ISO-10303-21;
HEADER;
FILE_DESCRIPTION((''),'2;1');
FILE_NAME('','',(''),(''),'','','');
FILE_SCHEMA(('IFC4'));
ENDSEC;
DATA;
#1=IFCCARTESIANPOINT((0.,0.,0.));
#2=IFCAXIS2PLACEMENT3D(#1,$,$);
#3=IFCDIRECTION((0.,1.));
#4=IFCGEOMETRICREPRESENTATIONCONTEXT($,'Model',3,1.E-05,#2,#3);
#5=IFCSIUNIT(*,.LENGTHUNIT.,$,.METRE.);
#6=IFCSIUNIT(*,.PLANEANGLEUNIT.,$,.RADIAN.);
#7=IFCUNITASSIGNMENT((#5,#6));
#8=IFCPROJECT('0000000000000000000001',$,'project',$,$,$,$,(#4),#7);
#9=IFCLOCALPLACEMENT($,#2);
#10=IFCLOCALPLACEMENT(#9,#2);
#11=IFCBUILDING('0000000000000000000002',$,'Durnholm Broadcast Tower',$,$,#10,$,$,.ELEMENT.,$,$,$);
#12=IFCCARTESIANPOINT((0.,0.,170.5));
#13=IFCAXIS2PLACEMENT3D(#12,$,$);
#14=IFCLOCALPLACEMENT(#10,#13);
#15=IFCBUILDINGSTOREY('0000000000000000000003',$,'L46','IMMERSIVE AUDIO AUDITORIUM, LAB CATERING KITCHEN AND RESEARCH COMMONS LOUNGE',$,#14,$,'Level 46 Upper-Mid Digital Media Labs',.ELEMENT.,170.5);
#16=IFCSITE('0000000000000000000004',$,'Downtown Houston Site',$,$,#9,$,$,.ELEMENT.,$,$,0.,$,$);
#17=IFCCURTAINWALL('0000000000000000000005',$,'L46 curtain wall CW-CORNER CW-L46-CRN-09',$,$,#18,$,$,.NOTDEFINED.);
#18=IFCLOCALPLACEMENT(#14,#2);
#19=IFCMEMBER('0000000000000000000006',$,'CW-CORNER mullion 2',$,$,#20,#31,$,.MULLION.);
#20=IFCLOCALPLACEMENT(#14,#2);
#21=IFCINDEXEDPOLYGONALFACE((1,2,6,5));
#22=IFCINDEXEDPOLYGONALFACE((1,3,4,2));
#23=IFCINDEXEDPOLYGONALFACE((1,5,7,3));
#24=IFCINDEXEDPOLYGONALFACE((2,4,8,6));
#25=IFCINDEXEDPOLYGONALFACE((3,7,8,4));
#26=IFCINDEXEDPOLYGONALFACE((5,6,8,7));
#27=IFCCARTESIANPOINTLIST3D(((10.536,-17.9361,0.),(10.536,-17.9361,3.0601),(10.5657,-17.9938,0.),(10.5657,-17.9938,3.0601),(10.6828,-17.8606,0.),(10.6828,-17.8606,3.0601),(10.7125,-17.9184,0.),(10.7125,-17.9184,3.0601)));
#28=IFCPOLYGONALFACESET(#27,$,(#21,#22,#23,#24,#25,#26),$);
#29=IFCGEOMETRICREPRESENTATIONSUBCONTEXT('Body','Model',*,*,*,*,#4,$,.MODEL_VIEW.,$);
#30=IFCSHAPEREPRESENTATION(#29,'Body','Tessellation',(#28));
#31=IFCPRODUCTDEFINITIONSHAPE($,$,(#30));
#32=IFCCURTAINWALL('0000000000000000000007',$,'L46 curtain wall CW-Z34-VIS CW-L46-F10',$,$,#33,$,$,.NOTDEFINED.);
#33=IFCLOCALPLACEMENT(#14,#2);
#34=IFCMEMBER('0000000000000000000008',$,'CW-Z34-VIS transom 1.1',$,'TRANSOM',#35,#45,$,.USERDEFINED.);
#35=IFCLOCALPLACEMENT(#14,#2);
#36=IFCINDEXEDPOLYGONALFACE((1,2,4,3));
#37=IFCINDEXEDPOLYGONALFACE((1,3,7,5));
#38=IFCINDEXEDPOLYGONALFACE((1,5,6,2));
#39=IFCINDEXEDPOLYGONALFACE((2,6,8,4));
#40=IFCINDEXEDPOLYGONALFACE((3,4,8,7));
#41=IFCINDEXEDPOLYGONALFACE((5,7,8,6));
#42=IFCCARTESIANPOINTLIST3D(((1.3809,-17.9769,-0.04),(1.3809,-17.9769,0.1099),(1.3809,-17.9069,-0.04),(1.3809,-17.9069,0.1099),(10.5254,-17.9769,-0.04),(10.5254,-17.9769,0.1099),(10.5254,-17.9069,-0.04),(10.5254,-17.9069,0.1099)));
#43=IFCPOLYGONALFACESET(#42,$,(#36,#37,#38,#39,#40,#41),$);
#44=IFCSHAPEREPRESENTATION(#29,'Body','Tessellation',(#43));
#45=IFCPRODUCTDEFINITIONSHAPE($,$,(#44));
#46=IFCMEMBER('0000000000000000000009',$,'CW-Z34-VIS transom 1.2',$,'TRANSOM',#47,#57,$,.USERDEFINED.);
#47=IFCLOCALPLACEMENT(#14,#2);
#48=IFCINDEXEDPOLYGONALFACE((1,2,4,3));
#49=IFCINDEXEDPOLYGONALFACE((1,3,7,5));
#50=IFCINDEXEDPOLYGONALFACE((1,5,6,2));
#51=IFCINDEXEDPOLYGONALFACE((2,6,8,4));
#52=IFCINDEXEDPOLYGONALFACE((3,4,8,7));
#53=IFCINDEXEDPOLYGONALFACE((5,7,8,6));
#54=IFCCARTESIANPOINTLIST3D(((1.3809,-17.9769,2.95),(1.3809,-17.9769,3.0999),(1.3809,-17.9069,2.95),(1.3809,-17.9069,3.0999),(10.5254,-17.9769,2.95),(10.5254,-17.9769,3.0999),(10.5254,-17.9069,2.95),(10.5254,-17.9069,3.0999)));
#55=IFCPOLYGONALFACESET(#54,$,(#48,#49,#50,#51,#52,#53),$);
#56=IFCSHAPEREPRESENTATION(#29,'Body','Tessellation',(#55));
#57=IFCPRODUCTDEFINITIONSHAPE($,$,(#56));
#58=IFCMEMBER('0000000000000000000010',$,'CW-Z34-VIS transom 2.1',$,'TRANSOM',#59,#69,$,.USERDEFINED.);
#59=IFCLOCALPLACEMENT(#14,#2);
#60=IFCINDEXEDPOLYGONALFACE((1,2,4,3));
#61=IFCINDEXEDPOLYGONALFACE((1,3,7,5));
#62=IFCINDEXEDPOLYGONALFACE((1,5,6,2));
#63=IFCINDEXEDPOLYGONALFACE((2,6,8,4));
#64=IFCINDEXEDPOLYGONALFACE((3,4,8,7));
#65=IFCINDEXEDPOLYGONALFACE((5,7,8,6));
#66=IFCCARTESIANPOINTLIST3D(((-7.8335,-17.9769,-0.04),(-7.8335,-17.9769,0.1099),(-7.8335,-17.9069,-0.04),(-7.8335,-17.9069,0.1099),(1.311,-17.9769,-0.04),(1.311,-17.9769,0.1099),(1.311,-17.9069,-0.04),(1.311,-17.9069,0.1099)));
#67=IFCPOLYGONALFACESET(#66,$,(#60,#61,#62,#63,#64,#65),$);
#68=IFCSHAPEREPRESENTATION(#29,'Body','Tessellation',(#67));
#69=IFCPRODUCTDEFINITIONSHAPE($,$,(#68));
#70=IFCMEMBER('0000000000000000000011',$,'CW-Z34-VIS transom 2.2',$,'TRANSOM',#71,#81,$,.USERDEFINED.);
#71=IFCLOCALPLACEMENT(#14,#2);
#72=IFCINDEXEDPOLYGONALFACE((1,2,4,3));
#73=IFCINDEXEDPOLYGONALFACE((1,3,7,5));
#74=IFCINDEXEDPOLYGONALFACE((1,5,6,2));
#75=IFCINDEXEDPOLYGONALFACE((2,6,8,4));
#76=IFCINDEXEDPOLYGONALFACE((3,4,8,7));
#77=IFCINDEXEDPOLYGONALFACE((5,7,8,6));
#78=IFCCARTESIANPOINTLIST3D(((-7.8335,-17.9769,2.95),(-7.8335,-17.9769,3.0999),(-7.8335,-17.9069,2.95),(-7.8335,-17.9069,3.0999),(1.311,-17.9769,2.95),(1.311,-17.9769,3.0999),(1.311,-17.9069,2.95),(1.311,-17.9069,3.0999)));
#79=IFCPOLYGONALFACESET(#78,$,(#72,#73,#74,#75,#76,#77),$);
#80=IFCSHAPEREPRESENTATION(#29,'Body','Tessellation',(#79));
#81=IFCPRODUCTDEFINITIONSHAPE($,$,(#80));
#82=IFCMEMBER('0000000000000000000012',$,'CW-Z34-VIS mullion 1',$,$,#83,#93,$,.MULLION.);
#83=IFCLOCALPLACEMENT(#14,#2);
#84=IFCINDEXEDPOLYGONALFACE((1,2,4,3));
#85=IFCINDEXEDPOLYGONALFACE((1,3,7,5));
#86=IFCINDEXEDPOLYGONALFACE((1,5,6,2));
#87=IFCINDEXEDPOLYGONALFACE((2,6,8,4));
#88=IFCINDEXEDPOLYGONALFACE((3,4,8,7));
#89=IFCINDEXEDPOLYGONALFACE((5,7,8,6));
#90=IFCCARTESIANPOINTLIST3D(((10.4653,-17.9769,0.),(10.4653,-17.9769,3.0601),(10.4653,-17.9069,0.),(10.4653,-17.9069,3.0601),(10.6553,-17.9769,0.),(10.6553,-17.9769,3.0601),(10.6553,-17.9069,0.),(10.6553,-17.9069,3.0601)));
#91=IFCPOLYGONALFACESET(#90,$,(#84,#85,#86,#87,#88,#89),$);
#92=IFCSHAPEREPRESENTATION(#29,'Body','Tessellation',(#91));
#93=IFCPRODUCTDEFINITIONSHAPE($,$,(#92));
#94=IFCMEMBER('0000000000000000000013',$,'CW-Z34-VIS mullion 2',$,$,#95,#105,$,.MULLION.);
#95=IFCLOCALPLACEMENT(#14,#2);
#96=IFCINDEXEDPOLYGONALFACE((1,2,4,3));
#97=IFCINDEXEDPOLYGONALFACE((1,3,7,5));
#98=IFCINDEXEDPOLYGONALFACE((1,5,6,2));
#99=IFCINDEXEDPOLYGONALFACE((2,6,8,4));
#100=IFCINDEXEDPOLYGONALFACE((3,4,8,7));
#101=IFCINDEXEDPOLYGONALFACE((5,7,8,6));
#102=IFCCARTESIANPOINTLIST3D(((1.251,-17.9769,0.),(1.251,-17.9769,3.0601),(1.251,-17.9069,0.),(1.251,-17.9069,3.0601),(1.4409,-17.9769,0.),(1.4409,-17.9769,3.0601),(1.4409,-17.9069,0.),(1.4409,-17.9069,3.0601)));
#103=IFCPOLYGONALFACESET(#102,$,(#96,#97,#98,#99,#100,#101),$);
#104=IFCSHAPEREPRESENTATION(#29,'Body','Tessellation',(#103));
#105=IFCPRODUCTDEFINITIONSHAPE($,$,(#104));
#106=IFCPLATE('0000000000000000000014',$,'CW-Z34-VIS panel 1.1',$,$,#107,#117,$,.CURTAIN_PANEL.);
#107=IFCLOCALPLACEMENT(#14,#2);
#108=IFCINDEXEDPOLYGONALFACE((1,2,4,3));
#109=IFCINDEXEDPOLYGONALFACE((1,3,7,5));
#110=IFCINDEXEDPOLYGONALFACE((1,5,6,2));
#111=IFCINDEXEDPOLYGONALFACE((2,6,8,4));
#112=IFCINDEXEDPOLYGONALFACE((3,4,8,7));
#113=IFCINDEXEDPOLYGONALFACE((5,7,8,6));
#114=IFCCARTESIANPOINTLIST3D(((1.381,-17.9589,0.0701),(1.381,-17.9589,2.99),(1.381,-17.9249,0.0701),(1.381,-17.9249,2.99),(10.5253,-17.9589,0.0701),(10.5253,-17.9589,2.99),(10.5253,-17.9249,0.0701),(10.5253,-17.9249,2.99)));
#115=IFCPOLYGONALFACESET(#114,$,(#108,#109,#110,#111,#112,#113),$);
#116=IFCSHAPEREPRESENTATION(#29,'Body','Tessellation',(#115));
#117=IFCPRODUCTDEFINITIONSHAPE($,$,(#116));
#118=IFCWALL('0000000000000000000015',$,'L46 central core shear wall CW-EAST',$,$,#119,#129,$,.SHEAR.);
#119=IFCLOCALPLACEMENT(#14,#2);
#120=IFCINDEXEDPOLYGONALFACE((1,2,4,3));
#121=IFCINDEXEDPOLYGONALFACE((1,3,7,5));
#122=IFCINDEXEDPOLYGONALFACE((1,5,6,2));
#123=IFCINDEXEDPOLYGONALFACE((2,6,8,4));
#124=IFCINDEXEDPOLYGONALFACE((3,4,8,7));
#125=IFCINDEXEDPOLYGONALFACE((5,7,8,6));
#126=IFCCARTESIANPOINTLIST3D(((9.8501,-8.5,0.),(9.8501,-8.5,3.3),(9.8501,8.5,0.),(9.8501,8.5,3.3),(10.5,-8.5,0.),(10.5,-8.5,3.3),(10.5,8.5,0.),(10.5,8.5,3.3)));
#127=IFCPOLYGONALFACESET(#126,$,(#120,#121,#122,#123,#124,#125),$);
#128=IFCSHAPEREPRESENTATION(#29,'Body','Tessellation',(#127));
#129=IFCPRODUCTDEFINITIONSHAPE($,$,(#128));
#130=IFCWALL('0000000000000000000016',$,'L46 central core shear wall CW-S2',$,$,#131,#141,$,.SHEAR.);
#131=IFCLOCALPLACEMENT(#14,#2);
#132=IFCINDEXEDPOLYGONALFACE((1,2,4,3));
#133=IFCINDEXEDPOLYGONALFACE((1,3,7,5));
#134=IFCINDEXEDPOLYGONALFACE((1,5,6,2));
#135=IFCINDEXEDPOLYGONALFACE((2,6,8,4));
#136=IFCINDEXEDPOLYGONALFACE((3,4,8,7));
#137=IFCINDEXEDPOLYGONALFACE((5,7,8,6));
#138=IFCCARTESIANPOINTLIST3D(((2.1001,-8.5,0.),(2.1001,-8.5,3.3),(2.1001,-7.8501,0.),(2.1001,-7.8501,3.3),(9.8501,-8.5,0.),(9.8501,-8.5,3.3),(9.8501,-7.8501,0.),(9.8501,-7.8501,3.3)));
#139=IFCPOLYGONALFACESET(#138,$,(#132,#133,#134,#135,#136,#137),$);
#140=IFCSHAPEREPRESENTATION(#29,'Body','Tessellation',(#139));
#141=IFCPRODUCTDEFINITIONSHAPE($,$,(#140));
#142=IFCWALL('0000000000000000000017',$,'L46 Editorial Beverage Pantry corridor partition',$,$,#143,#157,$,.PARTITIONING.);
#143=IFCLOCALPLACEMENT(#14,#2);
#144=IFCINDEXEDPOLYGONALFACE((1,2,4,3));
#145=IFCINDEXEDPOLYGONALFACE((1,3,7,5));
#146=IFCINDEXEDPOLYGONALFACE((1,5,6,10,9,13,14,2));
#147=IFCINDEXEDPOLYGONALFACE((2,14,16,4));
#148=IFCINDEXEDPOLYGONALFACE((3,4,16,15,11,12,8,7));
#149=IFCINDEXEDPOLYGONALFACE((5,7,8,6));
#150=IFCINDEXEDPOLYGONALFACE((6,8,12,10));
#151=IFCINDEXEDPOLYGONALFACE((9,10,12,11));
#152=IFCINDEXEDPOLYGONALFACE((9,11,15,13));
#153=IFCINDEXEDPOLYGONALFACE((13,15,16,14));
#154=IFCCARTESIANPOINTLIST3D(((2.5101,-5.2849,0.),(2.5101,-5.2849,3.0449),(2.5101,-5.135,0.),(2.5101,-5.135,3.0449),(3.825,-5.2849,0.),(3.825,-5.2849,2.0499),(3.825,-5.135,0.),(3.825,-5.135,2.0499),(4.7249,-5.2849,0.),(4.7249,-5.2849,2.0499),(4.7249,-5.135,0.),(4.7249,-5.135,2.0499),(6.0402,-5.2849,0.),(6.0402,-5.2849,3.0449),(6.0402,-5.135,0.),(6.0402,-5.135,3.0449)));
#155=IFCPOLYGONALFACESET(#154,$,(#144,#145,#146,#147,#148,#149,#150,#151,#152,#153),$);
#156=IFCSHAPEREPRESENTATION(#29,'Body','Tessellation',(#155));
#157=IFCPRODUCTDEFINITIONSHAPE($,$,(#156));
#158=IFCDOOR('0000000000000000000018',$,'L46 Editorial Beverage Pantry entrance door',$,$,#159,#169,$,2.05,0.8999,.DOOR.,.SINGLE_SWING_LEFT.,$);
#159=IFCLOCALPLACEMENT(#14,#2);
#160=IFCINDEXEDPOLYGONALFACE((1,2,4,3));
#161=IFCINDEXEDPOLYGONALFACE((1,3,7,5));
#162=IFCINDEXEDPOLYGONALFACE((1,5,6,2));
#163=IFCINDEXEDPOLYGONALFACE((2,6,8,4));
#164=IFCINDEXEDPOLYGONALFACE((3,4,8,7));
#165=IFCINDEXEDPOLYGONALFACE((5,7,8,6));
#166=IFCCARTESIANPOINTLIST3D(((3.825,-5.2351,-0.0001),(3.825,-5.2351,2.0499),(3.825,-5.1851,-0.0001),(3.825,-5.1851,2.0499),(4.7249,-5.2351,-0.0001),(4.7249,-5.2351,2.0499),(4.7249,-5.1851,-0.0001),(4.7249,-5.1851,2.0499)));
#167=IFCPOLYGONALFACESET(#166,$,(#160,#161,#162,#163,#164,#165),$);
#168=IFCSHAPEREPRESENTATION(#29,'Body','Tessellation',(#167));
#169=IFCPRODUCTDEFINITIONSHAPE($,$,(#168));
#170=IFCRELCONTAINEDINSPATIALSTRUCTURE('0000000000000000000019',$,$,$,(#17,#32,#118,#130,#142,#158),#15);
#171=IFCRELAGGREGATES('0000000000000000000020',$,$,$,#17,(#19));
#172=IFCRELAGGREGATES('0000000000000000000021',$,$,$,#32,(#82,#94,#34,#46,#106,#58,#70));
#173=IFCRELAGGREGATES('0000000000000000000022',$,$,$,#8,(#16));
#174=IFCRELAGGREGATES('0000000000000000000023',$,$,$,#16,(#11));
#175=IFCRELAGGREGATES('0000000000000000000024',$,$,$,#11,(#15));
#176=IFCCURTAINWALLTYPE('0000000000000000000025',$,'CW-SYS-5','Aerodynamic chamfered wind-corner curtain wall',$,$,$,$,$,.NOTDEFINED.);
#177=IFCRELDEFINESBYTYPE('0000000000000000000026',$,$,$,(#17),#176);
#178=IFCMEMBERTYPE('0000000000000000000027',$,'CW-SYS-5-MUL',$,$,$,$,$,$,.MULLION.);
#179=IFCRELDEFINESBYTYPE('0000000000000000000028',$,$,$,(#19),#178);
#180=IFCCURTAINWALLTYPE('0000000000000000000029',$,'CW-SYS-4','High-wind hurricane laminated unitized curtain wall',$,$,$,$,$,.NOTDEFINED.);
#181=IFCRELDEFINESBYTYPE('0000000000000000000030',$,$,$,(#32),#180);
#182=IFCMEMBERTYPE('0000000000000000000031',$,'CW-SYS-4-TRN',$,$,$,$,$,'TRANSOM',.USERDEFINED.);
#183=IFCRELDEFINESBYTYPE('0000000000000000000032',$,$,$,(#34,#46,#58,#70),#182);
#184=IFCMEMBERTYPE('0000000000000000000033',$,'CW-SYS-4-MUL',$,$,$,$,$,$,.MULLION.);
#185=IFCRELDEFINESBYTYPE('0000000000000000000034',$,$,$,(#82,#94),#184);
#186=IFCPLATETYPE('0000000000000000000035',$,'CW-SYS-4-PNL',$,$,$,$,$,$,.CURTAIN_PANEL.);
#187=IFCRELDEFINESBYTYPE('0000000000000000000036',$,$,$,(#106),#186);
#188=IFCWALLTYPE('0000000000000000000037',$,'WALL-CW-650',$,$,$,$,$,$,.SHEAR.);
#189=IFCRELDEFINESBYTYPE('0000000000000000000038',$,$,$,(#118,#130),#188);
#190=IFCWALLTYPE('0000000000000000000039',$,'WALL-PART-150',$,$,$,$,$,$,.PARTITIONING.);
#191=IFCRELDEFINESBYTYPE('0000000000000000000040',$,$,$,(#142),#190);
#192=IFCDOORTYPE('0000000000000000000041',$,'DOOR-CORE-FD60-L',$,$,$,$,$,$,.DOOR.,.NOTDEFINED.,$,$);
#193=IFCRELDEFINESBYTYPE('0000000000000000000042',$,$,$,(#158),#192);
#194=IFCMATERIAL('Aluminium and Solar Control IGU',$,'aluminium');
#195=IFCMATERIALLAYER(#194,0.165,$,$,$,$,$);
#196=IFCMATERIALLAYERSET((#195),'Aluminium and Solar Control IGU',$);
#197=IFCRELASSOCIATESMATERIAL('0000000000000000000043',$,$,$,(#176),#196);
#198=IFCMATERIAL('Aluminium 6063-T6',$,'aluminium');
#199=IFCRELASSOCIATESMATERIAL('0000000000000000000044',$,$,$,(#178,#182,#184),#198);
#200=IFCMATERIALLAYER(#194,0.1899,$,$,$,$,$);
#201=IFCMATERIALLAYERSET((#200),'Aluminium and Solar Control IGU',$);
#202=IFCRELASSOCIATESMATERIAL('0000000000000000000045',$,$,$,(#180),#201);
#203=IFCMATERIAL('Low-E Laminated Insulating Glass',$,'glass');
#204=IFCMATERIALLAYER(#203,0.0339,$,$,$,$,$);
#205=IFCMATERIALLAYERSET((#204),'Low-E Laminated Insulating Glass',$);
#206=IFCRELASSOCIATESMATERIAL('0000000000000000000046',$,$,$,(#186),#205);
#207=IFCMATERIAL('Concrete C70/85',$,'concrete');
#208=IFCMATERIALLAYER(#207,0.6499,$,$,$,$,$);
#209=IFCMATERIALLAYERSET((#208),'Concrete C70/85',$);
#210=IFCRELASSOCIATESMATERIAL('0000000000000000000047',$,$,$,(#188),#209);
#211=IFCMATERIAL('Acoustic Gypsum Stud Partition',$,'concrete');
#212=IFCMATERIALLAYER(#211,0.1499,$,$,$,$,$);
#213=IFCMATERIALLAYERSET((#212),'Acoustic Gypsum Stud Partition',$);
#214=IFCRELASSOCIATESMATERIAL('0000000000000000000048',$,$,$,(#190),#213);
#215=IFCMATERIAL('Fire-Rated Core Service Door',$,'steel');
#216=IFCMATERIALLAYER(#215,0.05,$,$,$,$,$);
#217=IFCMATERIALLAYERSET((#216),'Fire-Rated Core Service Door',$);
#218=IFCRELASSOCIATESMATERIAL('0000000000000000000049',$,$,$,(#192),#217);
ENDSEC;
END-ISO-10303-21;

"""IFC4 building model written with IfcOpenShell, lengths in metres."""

from ifc_helpers import new_model, si_unit, direction, frame, frame_2d, origin, origin_2d, place, context, subcontext, project, spatial, rectangle, extrude, source, transform, mapped, material, layer, layer_set, material_profile, profile_set, type_object, type_shapes, element, fill, aggregate, save


model = new_model("IFC4")

# Units and contexts
model_context = context("Model", 3, precision=1e-05, world=origin(), true_north=direction((0.0, 1.0)))
body_context = subcontext(model_context, "Body", "Model", "MODEL_VIEW")
ifc_project = project(units=[si_unit("LENGTHUNIT", "METRE"), si_unit("PLANEANGLEUNIT", "RADIAN")], contexts=[model_context])

# Site, building, storey
site_placement = place(None, origin())
site = spatial("IfcSite", under=ifc_project, at=site_placement, Name="Downtown Houston Site", CompositionType="ELEMENT", RefElevation=0.0)
building_placement = place(site_placement, origin())
building = spatial("IfcBuilding", under=site, at=building_placement, Name="Durnholm Broadcast Tower", CompositionType="ELEMENT")
storey_placement = place(building_placement, frame((0.0, 0.0, 170.5)))
storey = spatial("IfcBuildingStorey", under=building, at=storey_placement, Name="L46", Description="IMMERSIVE AUDIO AUDITORIUM, LAB CATERING KITCHEN AND RESEARCH COMMONS LOUNGE", LongName="Level 46 Upper-Mid Digital Media Labs", CompositionType="ELEMENT", Elevation=170.5)

# Shared definitions
ifc_material_1 = material(Name="Concrete C70/85", Category="concrete")

# Curtain wall, member
ifc_material_2 = material(Name="Aluminium and Solar Control IGU", Category="aluminium")
ifc_layer_1 = layer(ifc_material_2, 0.165)
ifc_layer_set_1 = layer_set([ifc_layer_1], Name="Aluminium and Solar Control IGU")
curtain_wall_type_1 = type_object("IfcCurtainWallType", Name="CW-SYS-5", Description="Aerodynamic chamfered wind-corner curtain wall", PredefinedType="NOTDEFINED", material=ifc_layer_set_1)
curtain_wall_1_placement = place(storey_placement, origin())
curtain_wall_1 = element("IfcCurtainWall", 1, at=curtain_wall_1_placement, inside=storey, type_object=curtain_wall_type_1, Name="L46 curtain wall CW-CORNER CW-L46-CRN-09", PredefinedType="NOTDEFINED")
ifc_material_3 = material(Name="Aluminium 6063-T6", Category="aluminium")
ifc_material_profile_1 = material_profile(ifc_material_3, rectangle(XDim=0.0649, YDim=0.165, at=origin_2d()), Name="CWM65X165")
ifc_profile_set_1 = profile_set([ifc_material_profile_1], Name="Aluminium 6063-T6")
member_type_1 = type_object("IfcMemberType", Name="CW-SYS-5-MUL", PredefinedType="MULLION", material=ifc_profile_set_1)
shared_shape_1 = source(origin(), body_context, "Body", "SweptSolid", [
    extrude(rectangle(XDim=0.0649, YDim=0.165, at=origin_2d()), origin(), (0.0, 0.0, 1.0), 3.0601),
])
type_shapes(member_type_1, [shared_shape_1])
member_1_placement = place(storey_placement, frame((10.6243, -17.9272, 0.0), z_axis=(0.0, 0.0, 1.0), x_axis=(0.457082, -0.889425, 0.0)))
member_1 = element("IfcMember", 2, at=member_1_placement, type_object=member_type_1, Name="CW-CORNER mullion 2", PredefinedType="MULLION", context=body_context, shape_type="MappedRepresentation", body=[
    mapped(shared_shape_1, transform((0.0, 0.0, 0.0), x_axis=(1.0, 0.0, 0.0), y_axis=(0.0, 1.0, 0.0), z_axis=(0.0, 0.0, 1.0), scale=1.0)),
])
aggregate(curtain_wall_1, [member_1])

# Curtain wall, members, plate
ifc_layer_2 = layer(ifc_material_2, 0.1899)
ifc_layer_set_2 = layer_set([ifc_layer_2], Name="Aluminium and Solar Control IGU")
curtain_wall_type_2 = type_object("IfcCurtainWallType", Name="CW-SYS-4", Description="High-wind hurricane laminated unitized curtain wall", PredefinedType="NOTDEFINED", material=ifc_layer_set_2)
curtain_wall_2_placement = place(storey_placement, origin())
curtain_wall_2 = element("IfcCurtainWall", 3, at=curtain_wall_2_placement, inside=storey, type_object=curtain_wall_type_2, Name="L46 curtain wall CW-Z34-VIS CW-L46-F10", PredefinedType="NOTDEFINED")
ifc_material_profile_2 = material_profile(ifc_material_3, rectangle(XDim=0.0701, YDim=0.1499, at=origin_2d()), Name="CWT70X150")
ifc_profile_set_2 = profile_set([ifc_material_profile_2], Name="Aluminium 6063-T6")
member_type_2 = type_object("IfcMemberType", Name="CW-SYS-4-TRN", ElementType="TRANSOM", PredefinedType="USERDEFINED", material=ifc_profile_set_2)
shared_shape_2 = source(origin(), body_context, "Body", "SweptSolid", [
    extrude(rectangle(XDim=0.0701, YDim=0.1499, at=origin_2d()), origin(), (0.0, 0.0, 1.0), 9.1445),
])
type_shapes(member_type_2, [shared_shape_2])
member_2_placement = place(storey_placement, frame((10.5254, -17.9419, 0.0349), z_axis=(-1.0, 0.0, 0.0), x_axis=(0.0, -1.0, 0.0)))
member_2 = element("IfcMember", 4, at=member_2_placement, type_object=member_type_2, Name="CW-Z34-VIS transom 1.1", ObjectType="TRANSOM", PredefinedType="USERDEFINED", context=body_context, shape_type="MappedRepresentation", body=[
    mapped(shared_shape_2, transform((0.0, 0.0, 0.0), x_axis=(1.0, 0.0, 0.0), y_axis=(0.0, 1.0, 0.0), z_axis=(0.0, 0.0, 1.0), scale=1.0)),
])
member_3_placement = place(storey_placement, frame((10.5254, -17.9419, 3.0249), z_axis=(-1.0, 0.0, 0.0), x_axis=(0.0, -1.0, 0.0)))
member_3 = element("IfcMember", 5, at=member_3_placement, type_object=member_type_2, Name="CW-Z34-VIS transom 1.2", ObjectType="TRANSOM", PredefinedType="USERDEFINED", context=body_context, shape_type="MappedRepresentation", body=[
    mapped(shared_shape_2, transform((0.0, 0.0, 0.0), x_axis=(1.0, 0.0, 0.0), y_axis=(0.0, 1.0, 0.0), z_axis=(0.0, 0.0, 1.0), scale=1.0)),
])
member_4_placement = place(storey_placement, frame((1.311, -17.9419, 0.0349), z_axis=(-1.0, 0.0, 0.0), x_axis=(0.0, -1.0, 0.0)))
member_4 = element("IfcMember", 6, at=member_4_placement, type_object=member_type_2, Name="CW-Z34-VIS transom 2.1", ObjectType="TRANSOM", PredefinedType="USERDEFINED", context=body_context, shape_type="MappedRepresentation", body=[
    mapped(shared_shape_2, transform((0.0, 0.0, 0.0), x_axis=(1.0, 0.0, 0.0), y_axis=(0.0, 1.0, 0.0), z_axis=(0.0, 0.0, 1.0), scale=1.0)),
])
member_5_placement = place(storey_placement, frame((1.311, -17.9419, 3.0249), z_axis=(-1.0, 0.0, 0.0), x_axis=(0.0, -1.0, 0.0)))
member_5 = element("IfcMember", 7, at=member_5_placement, type_object=member_type_2, Name="CW-Z34-VIS transom 2.2", ObjectType="TRANSOM", PredefinedType="USERDEFINED", context=body_context, shape_type="MappedRepresentation", body=[
    mapped(shared_shape_2, transform((0.0, 0.0, 0.0), x_axis=(1.0, 0.0, 0.0), y_axis=(0.0, 1.0, 0.0), z_axis=(0.0, 0.0, 1.0), scale=1.0)),
])
ifc_material_profile_3 = material_profile(ifc_material_3, rectangle(XDim=0.0701, YDim=0.1899, at=origin_2d()), Name="CWM70X190")
ifc_profile_set_3 = profile_set([ifc_material_profile_3], Name="Aluminium 6063-T6")
member_type_3 = type_object("IfcMemberType", Name="CW-SYS-4-MUL", PredefinedType="MULLION", material=ifc_profile_set_3)
shared_shape_3 = source(origin(), body_context, "Body", "SweptSolid", [
    extrude(rectangle(XDim=0.0701, YDim=0.1899, at=origin_2d()), origin(), (0.0, 0.0, 1.0), 3.0601),
])
type_shapes(member_type_3, [shared_shape_3])
member_6_placement = place(storey_placement, frame((10.5603, -17.9419, 0.0), z_axis=(0.0, 0.0, 1.0), x_axis=(0.0, -1.0, 0.0)))
member_6 = element("IfcMember", 8, at=member_6_placement, type_object=member_type_3, Name="CW-Z34-VIS mullion 1", PredefinedType="MULLION", context=body_context, shape_type="MappedRepresentation", body=[
    mapped(shared_shape_3, transform((0.0, 0.0, 0.0), x_axis=(1.0, 0.0, 0.0), y_axis=(0.0, 1.0, 0.0), z_axis=(0.0, 0.0, 1.0), scale=1.0)),
])
member_7_placement = place(storey_placement, frame((1.3459, -17.9419, 0.0), z_axis=(0.0, 0.0, 1.0), x_axis=(0.0, -1.0, 0.0)))
member_7 = element("IfcMember", 9, at=member_7_placement, type_object=member_type_3, Name="CW-Z34-VIS mullion 2", PredefinedType="MULLION", context=body_context, shape_type="MappedRepresentation", body=[
    mapped(shared_shape_3, transform((0.0, 0.0, 0.0), x_axis=(1.0, 0.0, 0.0), y_axis=(0.0, 1.0, 0.0), z_axis=(0.0, 0.0, 1.0), scale=1.0)),
])
ifc_material_4 = material(Name="Low-E Laminated Insulating Glass", Category="glass")
ifc_layer_3 = layer(ifc_material_4, 0.0339)
ifc_layer_set_3 = layer_set([ifc_layer_3], Name="Low-E Laminated Insulating Glass")
plate_type = type_object("IfcPlateType", Name="CW-SYS-4-PNL", PredefinedType="CURTAIN_PANEL", material=ifc_layer_set_3)
shared_shape_4 = source(origin(), body_context, "Body", "SweptSolid", [
    extrude(rectangle(XDim=9.1443, YDim=0.0339, at=origin_2d()), origin(), (0.0, 0.0, 1.0), 2.9199),
])
type_shapes(plate_type, [shared_shape_4])
plate_placement = place(storey_placement, frame((5.9531, -17.9419, 0.0701), z_axis=(0.0, 0.0, 1.0), x_axis=(-1.0, 0.0, 0.0)))
plate = element("IfcPlate", 10, at=plate_placement, type_object=plate_type, Name="CW-Z34-VIS panel 1.1", PredefinedType="CURTAIN_PANEL", context=body_context, shape_type="MappedRepresentation", body=[
    mapped(shared_shape_4, transform((0.0, 0.0, 0.0), x_axis=(1.0, 0.0, 0.0), y_axis=(0.0, 1.0, 0.0), z_axis=(0.0, 0.0, 1.0), scale=1.0)),
])
aggregate(curtain_wall_2, [member_6, member_7, member_2, member_3, plate, member_4, member_5])

# Walls
ifc_layer_4 = layer(ifc_material_1, 0.6499)
ifc_layer_set_4 = layer_set([ifc_layer_4], Name="Concrete C70/85")
wall_type_1 = type_object("IfcWallType", Name="WALL-CW-650", PredefinedType="SHEAR", material=ifc_layer_set_4)
wall_1_placement = place(storey_placement, frame((10.175, -8.5, 0.0), z_axis=(0.0, 0.0, 1.0), x_axis=(0.0, 1.0, 0.0)))
element("IfcWall", 11, at=wall_1_placement, inside=storey, type_object=wall_type_1, Name="L46 central core shear wall CW-EAST", PredefinedType="SHEAR", context=body_context, shape_type="SweptSolid", body=[
    extrude(rectangle(XDim=17.0, YDim=0.6499, at=frame_2d((8.5, 0.0))), origin(), (0.0, 0.0, 1.0), 3.3),
])
wall_2_placement = place(storey_placement, frame((2.1001, -8.175, 0.0), z_axis=(0.0, 0.0, 1.0), x_axis=(1.0, 0.0, 0.0)))
element("IfcWall", 12, at=wall_2_placement, inside=storey, type_object=wall_type_1, Name="L46 central core shear wall CW-S2", PredefinedType="SHEAR", context=body_context, shape_type="SweptSolid", body=[
    extrude(rectangle(XDim=7.75, YDim=0.6499, at=frame_2d((3.875, 0.0))), origin(), (0.0, 0.0, 1.0), 3.3),
])

# Wall, opening, door
ifc_material_5 = material(Name="Acoustic Gypsum Stud Partition", Category="concrete")
ifc_layer_5 = layer(ifc_material_5, 0.1499)
ifc_layer_set_5 = layer_set([ifc_layer_5], Name="Acoustic Gypsum Stud Partition")
wall_type_2 = type_object("IfcWallType", Name="WALL-PART-150", PredefinedType="PARTITIONING", material=ifc_layer_set_5)
wall_3_placement = place(storey_placement, frame((2.51, -5.21, 0.0), z_axis=(0.0, 0.0, 1.0), x_axis=(1.0, 0.0, 0.0)))
wall_3 = element("IfcWall", 13, at=wall_3_placement, inside=storey, type_object=wall_type_2, Name="L46 Editorial Beverage Pantry corridor partition", PredefinedType="PARTITIONING", context=body_context, shape_type="SweptSolid", body=[
    extrude(rectangle(XDim=3.53, YDim=0.1499, at=frame_2d((1.7651, 0.0))), origin(), (0.0, 0.0, 1.0), 3.0449),
])
opening_1_placement = place(wall_3_placement, frame((1.3149, 0.0, 0.0)))
opening_1 = element("IfcOpeningElement", 14, at=opening_1_placement, cuts=wall_3, PredefinedType="OPENING", context=body_context, shape_type="SweptSolid", body=[
    extrude(rectangle(XDim=0.8999, YDim=2.05, at=frame_2d((0.45, 1.0249))), frame((0.0, 0.085, 0.0), z_axis=(0.0, -1.0, 0.0), x_axis=(1.0, 0.0, 0.0)), (0.0, 0.0, 1.0), 0.1699),
])
ifc_material_6 = material(Name="Fire-Rated Core Service Door", Category="steel")
ifc_layer_6 = layer(ifc_material_6, 0.05)
ifc_layer_set_6 = layer_set([ifc_layer_6], Name="Fire-Rated Core Service Door")
door_type_1 = type_object("IfcDoorType", Name="DOOR-CORE-FD60-L", OperationType="NOTDEFINED", PredefinedType="DOOR", material=ifc_layer_set_6)
shared_shape_5 = source(origin(), body_context, "Body", "SweptSolid", [
    extrude(rectangle(XDim=0.8999, YDim=2.05, at=frame_2d((0.45, 1.0249))), frame((0.0, 0.0249, 0.0), z_axis=(0.0, -1.0, 0.0), x_axis=(1.0, 0.0, 0.0)), (0.0, 0.0, 1.0), 0.05),
])
type_shapes(door_type_1, [shared_shape_5])
door_1_placement = place(opening_1_placement, origin())
door_1 = element("IfcDoor", 15, at=door_1_placement, inside=storey, type_object=door_type_1, Name="L46 Editorial Beverage Pantry entrance door", OperationType="SINGLE_SWING_LEFT", OverallHeight=2.05, OverallWidth=0.8999, PredefinedType="DOOR", context=body_context, shape_type="MappedRepresentation", body=[
    mapped(shared_shape_5, transform((0.0, 0.0, 0.0), x_axis=(1.0, 0.0, 0.0), y_axis=(0.0, 1.0, 0.0), z_axis=(0.0, 0.0, 1.0), scale=1.0)),
])
fill(opening_1, door_1)

save(model, "model.ifc")
